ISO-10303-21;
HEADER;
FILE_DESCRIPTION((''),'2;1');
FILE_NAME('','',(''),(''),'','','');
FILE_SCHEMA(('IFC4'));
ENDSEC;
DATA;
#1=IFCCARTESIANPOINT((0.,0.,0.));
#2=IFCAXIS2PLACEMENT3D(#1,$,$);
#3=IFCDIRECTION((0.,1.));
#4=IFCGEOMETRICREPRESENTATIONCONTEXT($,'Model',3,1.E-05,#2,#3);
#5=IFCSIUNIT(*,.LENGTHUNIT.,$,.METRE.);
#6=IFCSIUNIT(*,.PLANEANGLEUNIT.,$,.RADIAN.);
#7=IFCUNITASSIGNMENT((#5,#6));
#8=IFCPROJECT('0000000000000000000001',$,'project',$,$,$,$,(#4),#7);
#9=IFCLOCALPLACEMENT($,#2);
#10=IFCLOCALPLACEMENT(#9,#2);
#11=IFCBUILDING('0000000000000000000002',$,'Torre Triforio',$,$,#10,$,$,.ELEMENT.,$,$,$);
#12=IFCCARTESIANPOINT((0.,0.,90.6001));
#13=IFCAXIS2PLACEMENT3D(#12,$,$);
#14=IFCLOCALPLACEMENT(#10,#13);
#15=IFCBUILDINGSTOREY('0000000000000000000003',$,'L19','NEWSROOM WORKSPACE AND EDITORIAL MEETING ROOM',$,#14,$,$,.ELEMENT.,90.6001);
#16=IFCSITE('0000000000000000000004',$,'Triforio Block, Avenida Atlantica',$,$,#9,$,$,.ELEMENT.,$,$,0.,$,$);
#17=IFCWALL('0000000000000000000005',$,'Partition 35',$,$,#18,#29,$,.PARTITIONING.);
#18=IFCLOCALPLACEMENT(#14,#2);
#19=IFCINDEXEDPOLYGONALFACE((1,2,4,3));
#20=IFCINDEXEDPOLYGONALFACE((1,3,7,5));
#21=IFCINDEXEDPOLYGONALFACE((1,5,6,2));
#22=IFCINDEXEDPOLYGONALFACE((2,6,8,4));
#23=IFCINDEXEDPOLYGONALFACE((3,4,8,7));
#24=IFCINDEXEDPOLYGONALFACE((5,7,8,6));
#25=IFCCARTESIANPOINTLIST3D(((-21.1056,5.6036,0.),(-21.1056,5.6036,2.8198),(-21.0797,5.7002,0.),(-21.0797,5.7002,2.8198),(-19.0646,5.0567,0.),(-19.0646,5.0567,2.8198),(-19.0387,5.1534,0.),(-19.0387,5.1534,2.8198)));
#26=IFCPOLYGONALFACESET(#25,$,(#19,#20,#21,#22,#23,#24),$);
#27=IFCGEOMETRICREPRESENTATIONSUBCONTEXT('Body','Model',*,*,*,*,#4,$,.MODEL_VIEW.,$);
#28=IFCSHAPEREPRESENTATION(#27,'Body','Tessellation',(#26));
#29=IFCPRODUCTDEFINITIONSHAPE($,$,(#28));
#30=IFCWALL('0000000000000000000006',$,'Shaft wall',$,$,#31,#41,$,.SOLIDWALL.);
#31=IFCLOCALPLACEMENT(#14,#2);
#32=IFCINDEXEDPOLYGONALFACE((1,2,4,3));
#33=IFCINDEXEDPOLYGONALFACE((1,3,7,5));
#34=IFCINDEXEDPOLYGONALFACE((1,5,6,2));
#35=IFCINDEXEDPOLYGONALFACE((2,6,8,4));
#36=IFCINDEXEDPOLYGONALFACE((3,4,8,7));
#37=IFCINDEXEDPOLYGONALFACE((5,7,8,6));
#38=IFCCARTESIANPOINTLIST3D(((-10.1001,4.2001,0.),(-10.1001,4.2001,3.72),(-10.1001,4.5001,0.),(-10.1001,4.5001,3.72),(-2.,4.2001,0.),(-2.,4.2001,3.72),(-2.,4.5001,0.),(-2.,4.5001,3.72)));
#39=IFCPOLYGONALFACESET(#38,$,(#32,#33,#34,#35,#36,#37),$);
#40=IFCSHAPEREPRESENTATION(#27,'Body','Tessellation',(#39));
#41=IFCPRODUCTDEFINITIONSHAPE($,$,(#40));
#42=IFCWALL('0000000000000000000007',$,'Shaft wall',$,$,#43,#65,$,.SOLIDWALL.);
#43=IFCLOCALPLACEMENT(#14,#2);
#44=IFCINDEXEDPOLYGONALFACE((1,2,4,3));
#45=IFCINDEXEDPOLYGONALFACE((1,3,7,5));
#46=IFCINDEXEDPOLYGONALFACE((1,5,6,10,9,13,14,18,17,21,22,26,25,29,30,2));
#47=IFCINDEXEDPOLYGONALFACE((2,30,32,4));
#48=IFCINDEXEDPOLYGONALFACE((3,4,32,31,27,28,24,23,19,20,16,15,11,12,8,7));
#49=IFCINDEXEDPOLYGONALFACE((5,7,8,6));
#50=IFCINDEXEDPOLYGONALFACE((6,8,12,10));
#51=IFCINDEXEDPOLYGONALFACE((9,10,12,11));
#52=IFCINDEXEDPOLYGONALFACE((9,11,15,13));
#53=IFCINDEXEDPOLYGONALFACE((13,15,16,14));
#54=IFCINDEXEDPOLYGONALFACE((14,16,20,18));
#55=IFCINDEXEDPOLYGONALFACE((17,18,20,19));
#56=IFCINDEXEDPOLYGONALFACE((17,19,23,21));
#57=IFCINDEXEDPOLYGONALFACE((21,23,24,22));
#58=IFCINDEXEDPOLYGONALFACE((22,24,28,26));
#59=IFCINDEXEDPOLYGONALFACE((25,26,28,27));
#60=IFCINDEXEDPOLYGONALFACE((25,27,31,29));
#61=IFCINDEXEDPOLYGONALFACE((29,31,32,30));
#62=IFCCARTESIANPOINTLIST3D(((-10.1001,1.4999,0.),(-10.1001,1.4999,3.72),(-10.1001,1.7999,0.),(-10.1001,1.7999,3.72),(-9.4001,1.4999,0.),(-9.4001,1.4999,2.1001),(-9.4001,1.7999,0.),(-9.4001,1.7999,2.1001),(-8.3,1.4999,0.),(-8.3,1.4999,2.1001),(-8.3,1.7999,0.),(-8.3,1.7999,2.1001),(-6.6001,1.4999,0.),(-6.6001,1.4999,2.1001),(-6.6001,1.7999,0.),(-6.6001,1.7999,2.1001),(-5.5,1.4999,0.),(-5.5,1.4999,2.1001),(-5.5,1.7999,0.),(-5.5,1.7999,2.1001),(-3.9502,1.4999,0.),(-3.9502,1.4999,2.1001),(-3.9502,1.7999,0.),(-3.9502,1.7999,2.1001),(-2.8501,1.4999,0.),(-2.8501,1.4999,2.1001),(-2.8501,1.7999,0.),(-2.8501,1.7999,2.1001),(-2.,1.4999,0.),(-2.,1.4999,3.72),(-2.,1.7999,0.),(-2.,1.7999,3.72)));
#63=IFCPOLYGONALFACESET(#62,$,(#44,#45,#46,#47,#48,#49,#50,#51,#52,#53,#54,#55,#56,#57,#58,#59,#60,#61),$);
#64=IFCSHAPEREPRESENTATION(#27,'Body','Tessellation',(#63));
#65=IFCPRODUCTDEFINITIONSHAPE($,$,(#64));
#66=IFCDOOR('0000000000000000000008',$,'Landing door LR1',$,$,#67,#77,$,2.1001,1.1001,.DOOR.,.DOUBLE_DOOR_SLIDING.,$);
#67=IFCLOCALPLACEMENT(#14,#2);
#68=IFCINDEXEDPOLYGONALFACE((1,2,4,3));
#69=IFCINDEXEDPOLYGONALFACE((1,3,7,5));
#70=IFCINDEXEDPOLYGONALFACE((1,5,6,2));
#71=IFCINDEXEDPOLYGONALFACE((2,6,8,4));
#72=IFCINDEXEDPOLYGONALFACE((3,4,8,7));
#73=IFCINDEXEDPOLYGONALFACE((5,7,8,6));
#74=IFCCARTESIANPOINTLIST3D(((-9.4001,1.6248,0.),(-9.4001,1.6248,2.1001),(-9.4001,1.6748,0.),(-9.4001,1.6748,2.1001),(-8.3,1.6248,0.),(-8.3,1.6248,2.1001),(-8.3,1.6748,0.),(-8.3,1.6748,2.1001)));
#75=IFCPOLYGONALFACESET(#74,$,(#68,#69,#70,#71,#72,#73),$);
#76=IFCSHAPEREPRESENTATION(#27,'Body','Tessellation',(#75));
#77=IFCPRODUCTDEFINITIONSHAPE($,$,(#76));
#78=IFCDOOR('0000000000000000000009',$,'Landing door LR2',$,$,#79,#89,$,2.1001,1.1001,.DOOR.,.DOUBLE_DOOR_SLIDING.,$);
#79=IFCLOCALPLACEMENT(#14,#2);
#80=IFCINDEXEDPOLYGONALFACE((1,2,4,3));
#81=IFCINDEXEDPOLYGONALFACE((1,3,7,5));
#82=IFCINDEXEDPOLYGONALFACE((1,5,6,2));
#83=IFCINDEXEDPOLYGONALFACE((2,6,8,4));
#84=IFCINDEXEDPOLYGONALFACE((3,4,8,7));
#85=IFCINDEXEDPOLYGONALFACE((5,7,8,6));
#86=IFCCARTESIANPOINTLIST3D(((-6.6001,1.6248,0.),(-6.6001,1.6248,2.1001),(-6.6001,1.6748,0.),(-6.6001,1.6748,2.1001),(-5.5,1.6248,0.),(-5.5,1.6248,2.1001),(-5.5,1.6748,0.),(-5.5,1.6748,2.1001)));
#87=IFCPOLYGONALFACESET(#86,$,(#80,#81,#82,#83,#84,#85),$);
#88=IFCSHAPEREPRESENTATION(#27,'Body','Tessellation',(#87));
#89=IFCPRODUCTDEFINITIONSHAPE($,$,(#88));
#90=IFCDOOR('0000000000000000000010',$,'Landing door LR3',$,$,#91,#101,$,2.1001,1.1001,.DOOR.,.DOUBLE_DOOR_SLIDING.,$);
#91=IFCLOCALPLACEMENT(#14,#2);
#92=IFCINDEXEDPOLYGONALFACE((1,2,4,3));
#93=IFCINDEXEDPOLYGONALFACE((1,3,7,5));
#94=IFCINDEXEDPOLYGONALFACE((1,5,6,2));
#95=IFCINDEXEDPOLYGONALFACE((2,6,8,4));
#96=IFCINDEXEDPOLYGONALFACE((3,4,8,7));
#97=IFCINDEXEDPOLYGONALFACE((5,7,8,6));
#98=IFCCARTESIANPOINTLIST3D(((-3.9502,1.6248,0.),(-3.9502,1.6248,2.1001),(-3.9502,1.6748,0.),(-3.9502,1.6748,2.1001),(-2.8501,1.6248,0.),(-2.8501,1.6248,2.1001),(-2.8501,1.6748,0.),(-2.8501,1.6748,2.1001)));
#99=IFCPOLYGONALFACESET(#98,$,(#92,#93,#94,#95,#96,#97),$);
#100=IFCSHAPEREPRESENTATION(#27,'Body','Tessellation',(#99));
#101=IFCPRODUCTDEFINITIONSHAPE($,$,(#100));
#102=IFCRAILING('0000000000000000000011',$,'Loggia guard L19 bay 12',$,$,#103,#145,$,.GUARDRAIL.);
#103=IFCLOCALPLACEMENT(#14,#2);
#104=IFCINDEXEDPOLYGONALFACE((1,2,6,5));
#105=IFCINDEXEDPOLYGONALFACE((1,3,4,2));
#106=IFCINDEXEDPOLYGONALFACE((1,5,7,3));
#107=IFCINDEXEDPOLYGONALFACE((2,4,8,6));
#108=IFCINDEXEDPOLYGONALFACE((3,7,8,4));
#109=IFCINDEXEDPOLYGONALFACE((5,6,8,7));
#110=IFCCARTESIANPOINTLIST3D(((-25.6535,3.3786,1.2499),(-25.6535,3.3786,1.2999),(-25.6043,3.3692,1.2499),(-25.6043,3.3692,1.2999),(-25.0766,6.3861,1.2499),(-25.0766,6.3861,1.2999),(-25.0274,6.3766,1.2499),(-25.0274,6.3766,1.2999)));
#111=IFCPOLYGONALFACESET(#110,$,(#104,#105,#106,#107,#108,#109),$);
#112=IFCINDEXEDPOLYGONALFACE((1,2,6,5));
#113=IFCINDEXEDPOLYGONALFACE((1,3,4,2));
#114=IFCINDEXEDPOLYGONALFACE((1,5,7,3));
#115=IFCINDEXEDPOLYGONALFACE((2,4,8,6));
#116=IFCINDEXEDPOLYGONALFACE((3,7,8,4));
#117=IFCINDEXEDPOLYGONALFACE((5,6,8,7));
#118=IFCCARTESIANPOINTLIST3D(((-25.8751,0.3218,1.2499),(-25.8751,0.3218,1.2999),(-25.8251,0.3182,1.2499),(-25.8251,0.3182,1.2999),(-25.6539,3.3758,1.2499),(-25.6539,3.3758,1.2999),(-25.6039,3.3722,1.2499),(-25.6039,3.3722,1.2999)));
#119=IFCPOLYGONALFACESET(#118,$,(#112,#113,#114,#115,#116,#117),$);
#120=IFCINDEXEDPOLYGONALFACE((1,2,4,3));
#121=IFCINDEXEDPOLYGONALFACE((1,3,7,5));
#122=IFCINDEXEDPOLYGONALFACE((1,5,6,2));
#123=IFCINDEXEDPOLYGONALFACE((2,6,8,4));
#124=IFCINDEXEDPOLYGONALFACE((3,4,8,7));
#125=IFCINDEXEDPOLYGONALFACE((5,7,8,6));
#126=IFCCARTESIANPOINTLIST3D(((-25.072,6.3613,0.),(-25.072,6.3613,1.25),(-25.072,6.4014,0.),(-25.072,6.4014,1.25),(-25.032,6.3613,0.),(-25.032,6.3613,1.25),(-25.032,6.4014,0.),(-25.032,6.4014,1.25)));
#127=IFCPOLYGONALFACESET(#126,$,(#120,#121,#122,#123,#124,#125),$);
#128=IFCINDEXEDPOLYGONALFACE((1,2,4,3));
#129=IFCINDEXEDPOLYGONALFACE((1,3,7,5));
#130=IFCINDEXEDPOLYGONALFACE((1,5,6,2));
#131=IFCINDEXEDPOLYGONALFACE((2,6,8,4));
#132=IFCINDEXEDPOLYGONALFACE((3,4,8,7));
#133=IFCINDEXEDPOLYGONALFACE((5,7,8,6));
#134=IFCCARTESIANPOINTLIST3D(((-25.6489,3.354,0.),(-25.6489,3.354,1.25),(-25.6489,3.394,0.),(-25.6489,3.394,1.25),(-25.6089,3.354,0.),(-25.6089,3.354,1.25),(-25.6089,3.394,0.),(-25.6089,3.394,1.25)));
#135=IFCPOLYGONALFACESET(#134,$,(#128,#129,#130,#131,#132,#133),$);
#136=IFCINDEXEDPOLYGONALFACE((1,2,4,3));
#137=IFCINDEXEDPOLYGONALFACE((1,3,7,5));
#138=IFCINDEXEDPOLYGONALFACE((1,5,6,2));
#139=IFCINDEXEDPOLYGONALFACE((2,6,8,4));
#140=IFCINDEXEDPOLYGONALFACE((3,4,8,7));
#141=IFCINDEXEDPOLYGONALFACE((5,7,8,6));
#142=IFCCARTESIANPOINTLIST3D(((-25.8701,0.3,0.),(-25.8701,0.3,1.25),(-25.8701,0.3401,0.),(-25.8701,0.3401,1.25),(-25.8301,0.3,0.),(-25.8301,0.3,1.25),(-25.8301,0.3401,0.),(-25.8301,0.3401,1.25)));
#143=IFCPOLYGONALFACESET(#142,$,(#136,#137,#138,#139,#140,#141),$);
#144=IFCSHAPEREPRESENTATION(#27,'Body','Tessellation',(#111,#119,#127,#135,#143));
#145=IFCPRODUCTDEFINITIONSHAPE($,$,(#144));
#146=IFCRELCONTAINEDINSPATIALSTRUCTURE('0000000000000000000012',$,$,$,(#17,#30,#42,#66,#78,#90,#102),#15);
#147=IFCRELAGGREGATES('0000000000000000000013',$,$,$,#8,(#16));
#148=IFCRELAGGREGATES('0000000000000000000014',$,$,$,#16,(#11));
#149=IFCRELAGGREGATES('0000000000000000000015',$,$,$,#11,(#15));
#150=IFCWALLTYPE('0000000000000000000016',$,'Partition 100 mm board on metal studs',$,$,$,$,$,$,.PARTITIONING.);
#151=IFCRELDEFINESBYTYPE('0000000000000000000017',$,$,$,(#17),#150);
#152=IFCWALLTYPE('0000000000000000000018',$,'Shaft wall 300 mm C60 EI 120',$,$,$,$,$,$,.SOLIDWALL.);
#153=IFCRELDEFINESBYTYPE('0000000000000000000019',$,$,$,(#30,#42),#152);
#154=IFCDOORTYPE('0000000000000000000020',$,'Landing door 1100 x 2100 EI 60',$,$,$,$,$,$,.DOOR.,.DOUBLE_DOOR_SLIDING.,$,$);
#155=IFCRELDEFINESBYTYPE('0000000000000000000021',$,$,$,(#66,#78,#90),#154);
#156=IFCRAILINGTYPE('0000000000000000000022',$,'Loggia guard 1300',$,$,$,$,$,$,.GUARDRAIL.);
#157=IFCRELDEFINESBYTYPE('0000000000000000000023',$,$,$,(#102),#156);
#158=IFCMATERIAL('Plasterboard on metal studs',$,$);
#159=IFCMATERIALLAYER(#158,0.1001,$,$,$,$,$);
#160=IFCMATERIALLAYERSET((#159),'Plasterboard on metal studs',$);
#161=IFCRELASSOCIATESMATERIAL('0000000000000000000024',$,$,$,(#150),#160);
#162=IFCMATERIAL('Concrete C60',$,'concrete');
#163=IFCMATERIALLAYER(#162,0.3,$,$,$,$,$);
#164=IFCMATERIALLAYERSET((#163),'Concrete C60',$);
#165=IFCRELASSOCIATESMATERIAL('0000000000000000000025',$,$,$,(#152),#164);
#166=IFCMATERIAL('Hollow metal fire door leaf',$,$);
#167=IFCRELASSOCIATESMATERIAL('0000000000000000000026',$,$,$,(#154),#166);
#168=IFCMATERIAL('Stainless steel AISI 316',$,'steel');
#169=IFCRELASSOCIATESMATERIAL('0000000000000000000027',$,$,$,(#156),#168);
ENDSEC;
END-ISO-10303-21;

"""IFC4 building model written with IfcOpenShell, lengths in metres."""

from ifc_helpers import new_model, si_unit, direction, frame, frame_2d, origin, origin_2d, place, context, subcontext, project, spatial, rectangle, extrude, material, layer, layer_set, type_object, element, fill, save


model = new_model("IFC4")

# Units and contexts
model_context = context("Model", 3, precision=1e-05, world=origin(), true_north=direction((0.0, 1.0)))
body_context = subcontext(model_context, "Body", "Model", "MODEL_VIEW")
ifc_project = project(units=[si_unit("LENGTHUNIT", "METRE"), si_unit("PLANEANGLEUNIT", "RADIAN")], contexts=[model_context])

# Site, building, storey
site_placement = place(None, origin())
site = spatial("IfcSite", under=ifc_project, at=site_placement, Name="Triforio Block, Avenida Atlantica", CompositionType="ELEMENT", RefElevation=0.0)
building_placement = place(site_placement, origin())
building = spatial("IfcBuilding", under=site, at=building_placement, Name="Torre Triforio", CompositionType="ELEMENT")
storey_placement = place(building_placement, frame((0.0, 0.0, 90.6001)))
storey = spatial("IfcBuildingStorey", under=building, at=storey_placement, Name="L19", Description="NEWSROOM WORKSPACE AND EDITORIAL MEETING ROOM", CompositionType="ELEMENT", Elevation=90.6001)

# Shared definitions
ifc_material_1 = material(Name="Concrete C60", Category="concrete")

# Shared definitions
ifc_material_2 = material(Name="Hollow metal fire door leaf")

# Shared definitions
ifc_material_3 = material(Name="Plasterboard on metal studs")

# Walls
ifc_layer_1 = layer(ifc_material_3, 0.1001)
ifc_layer_set_1 = layer_set([ifc_layer_1], Name="Plasterboard on metal studs")
wall_type_1 = type_object("IfcWallType", Name="Partition 100 mm board on metal studs", PredefinedType="PARTITIONING", material=ifc_layer_set_1)
wall_1_placement = place(storey_placement, frame((-19.0515, 5.105, 0.0), z_axis=(0.0, 0.0, 1.0), x_axis=(-0.965927, 0.258813, 0.0)))
element("IfcWall", 1, at=wall_1_placement, inside=storey, type_object=wall_type_1, Name="Partition 35", PredefinedType="PARTITIONING", context=body_context, shape_type="SweptSolid", body=[
    extrude(rectangle(XDim=2.113, YDim=0.1001, at=frame_2d((1.0566, 0.0))), origin(), (0.0, 0.0, 1.0), 2.8198),
])
ifc_layer_2 = layer(ifc_material_1, 0.3)
ifc_layer_set_2 = layer_set([ifc_layer_2], Name="Concrete C60")
wall_type_2 = type_object("IfcWallType", Name="Shaft wall 300 mm C60 EI 120", PredefinedType="SOLIDWALL", material=ifc_layer_set_2)
wall_2_placement = place(storey_placement, frame((-10.1001, 4.3501, 0.0), z_axis=(0.0, 0.0, 1.0), x_axis=(1.0, 0.0, 0.0)))
element("IfcWall", 2, at=wall_2_placement, inside=storey, type_object=wall_type_2, Name="Shaft wall", PredefinedType="SOLIDWALL", context=body_context, shape_type="SweptSolid", body=[
    extrude(rectangle(XDim=8.1001, YDim=0.3, at=frame_2d((4.05, 0.0))), origin(), (0.0, 0.0, 1.0), 3.72),
])

# Wall, openings, doors
wall_3_placement = place(storey_placement, frame((-10.1001, 1.6499, 0.0), z_axis=(0.0, 0.0, 1.0), x_axis=(1.0, 0.0, 0.0)))
wall_3 = element("IfcWall", 3, at=wall_3_placement, inside=storey, type_object=wall_type_2, Name="Shaft wall", PredefinedType="SOLIDWALL", context=body_context, shape_type="SweptSolid", body=[
    extrude(rectangle(XDim=8.1001, YDim=0.3, at=frame_2d((4.05, 0.0))), origin(), (0.0, 0.0, 1.0), 3.72),
])
opening_1_placement = place(wall_3_placement, frame((0.7, 0.0, 0.0)))
opening_1 = element("IfcOpeningElement", 4, at=opening_1_placement, cuts=wall_3, PredefinedType="OPENING", context=body_context, shape_type="SweptSolid", body=[
    extrude(rectangle(XDim=1.1001, YDim=2.1001, at=frame_2d((0.55, 1.05))), frame((0.0, 0.1599, 0.0), z_axis=(0.0, -1.0, 0.0), x_axis=(1.0, 0.0, 0.0)), (0.0, 0.0, 1.0), 0.3201),
])
opening_2_placement = place(wall_3_placement, frame((3.5, 0.0, 0.0)))
opening_2 = element("IfcOpeningElement", 5, at=opening_2_placement, cuts=wall_3, PredefinedType="OPENING", context=body_context, shape_type="SweptSolid", body=[
    extrude(rectangle(XDim=1.1001, YDim=2.1001, at=frame_2d((0.55, 1.05))), frame((0.0, 0.1599, 0.0), z_axis=(0.0, -1.0, 0.0), x_axis=(1.0, 0.0, 0.0)), (0.0, 0.0, 1.0), 0.3201),
])
opening_3_placement = place(wall_3_placement, frame((6.1499, 0.0, 0.0)))
opening_3 = element("IfcOpeningElement", 6, at=opening_3_placement, cuts=wall_3, PredefinedType="OPENING", context=body_context, shape_type="SweptSolid", body=[
    extrude(rectangle(XDim=1.1001, YDim=2.1001, at=frame_2d((0.55, 1.05))), frame((0.0, 0.1599, 0.0), z_axis=(0.0, -1.0, 0.0), x_axis=(1.0, 0.0, 0.0)), (0.0, 0.0, 1.0), 0.3201),
])
door_type_1 = type_object("IfcDoorType", Name="Landing door 1100 x 2100 EI 60", OperationType="DOUBLE_DOOR_SLIDING", PredefinedType="DOOR", material=ifc_material_2)
door_1_placement = place(opening_1_placement, origin())
door_1 = element("IfcDoor", 7, at=door_1_placement, inside=storey, type_object=door_type_1, Name="Landing door LR1", OperationType="DOUBLE_DOOR_SLIDING", OverallHeight=2.1001, OverallWidth=1.1001, PredefinedType="DOOR", context=body_context, shape_type="SweptSolid", body=[
    extrude(rectangle(XDim=1.1001, YDim=2.1001, at=frame_2d((0.55, 1.05))), frame((0.0, 0.0249, 0.0), z_axis=(0.0, -1.0, 0.0), x_axis=(1.0, 0.0, 0.0)), (0.0, 0.0, 1.0), 0.05),
])
fill(opening_1, door_1)
door_2_placement = place(opening_2_placement, origin())
door_2 = element("IfcDoor", 8, at=door_2_placement, inside=storey, type_object=door_type_1, Name="Landing door LR2", OperationType="DOUBLE_DOOR_SLIDING", OverallHeight=2.1001, OverallWidth=1.1001, PredefinedType="DOOR", context=body_context, shape_type="SweptSolid", body=[
    extrude(rectangle(XDim=1.1001, YDim=2.1001, at=frame_2d((0.55, 1.05))), frame((0.0, 0.0249, 0.0), z_axis=(0.0, -1.0, 0.0), x_axis=(1.0, 0.0, 0.0)), (0.0, 0.0, 1.0), 0.05),
])
fill(opening_2, door_2)
door_3_placement = place(opening_3_placement, origin())
door_3 = element("IfcDoor", 9, at=door_3_placement, inside=storey, type_object=door_type_1, Name="Landing door LR3", OperationType="DOUBLE_DOOR_SLIDING", OverallHeight=2.1001, OverallWidth=1.1001, PredefinedType="DOOR", context=body_context, shape_type="SweptSolid", body=[
    extrude(rectangle(XDim=1.1001, YDim=2.1001, at=frame_2d((0.55, 1.05))), frame((0.0, 0.0249, 0.0), z_axis=(0.0, -1.0, 0.0), x_axis=(1.0, 0.0, 0.0)), (0.0, 0.0, 1.0), 0.05),
])
fill(opening_3, door_3)

# Railing
ifc_material_4 = material(Name="Stainless steel AISI 316", Category="steel")
railing_type = type_object("IfcRailingType", Name="Loggia guard 1300", PredefinedType="GUARDRAIL", material=ifc_material_4)
railing_placement = place(storey_placement, frame((-25.052, 6.3813, 0.0)))
element("IfcRailing", 10, at=railing_placement, inside=storey, type_object=railing_type, Name="Loggia guard L19 bay 12", PredefinedType="GUARDRAIL", context=body_context, shape_type="SweptSolid", body=[
    extrude(rectangle(XDim=0.05, YDim=0.05, at=origin_2d()), frame((0.0, 0.0, 1.2749), z_axis=(-0.188398, -0.982093, 0.0), x_axis=(0.982093, -0.188398, 0.0)), (0.0, 0.0, 1.0), 3.0623),
    extrude(rectangle(XDim=0.05, YDim=0.05, at=origin_2d()), frame((-0.5769, -3.0073, 1.2749), z_axis=(-0.072239, -0.997387, 0.0), x_axis=(0.997387, -0.072239, 0.0)), (0.0, 0.0, 1.0), 3.062),
    extrude(rectangle(XDim=0.04, YDim=0.04, at=origin_2d()), origin(), (0.0, 0.0, 1.0), 1.25),
    extrude(rectangle(XDim=0.04, YDim=0.04, at=origin_2d()), frame((-0.5769, -3.0073, 0.0)), (0.0, 0.0, 1.0), 1.25),
    extrude(rectangle(XDim=0.04, YDim=0.04, at=origin_2d()), frame((-0.7981, -6.0613, 0.0)), (0.0, 0.0, 1.0), 1.25),
])

save(model, "model.ifc")
